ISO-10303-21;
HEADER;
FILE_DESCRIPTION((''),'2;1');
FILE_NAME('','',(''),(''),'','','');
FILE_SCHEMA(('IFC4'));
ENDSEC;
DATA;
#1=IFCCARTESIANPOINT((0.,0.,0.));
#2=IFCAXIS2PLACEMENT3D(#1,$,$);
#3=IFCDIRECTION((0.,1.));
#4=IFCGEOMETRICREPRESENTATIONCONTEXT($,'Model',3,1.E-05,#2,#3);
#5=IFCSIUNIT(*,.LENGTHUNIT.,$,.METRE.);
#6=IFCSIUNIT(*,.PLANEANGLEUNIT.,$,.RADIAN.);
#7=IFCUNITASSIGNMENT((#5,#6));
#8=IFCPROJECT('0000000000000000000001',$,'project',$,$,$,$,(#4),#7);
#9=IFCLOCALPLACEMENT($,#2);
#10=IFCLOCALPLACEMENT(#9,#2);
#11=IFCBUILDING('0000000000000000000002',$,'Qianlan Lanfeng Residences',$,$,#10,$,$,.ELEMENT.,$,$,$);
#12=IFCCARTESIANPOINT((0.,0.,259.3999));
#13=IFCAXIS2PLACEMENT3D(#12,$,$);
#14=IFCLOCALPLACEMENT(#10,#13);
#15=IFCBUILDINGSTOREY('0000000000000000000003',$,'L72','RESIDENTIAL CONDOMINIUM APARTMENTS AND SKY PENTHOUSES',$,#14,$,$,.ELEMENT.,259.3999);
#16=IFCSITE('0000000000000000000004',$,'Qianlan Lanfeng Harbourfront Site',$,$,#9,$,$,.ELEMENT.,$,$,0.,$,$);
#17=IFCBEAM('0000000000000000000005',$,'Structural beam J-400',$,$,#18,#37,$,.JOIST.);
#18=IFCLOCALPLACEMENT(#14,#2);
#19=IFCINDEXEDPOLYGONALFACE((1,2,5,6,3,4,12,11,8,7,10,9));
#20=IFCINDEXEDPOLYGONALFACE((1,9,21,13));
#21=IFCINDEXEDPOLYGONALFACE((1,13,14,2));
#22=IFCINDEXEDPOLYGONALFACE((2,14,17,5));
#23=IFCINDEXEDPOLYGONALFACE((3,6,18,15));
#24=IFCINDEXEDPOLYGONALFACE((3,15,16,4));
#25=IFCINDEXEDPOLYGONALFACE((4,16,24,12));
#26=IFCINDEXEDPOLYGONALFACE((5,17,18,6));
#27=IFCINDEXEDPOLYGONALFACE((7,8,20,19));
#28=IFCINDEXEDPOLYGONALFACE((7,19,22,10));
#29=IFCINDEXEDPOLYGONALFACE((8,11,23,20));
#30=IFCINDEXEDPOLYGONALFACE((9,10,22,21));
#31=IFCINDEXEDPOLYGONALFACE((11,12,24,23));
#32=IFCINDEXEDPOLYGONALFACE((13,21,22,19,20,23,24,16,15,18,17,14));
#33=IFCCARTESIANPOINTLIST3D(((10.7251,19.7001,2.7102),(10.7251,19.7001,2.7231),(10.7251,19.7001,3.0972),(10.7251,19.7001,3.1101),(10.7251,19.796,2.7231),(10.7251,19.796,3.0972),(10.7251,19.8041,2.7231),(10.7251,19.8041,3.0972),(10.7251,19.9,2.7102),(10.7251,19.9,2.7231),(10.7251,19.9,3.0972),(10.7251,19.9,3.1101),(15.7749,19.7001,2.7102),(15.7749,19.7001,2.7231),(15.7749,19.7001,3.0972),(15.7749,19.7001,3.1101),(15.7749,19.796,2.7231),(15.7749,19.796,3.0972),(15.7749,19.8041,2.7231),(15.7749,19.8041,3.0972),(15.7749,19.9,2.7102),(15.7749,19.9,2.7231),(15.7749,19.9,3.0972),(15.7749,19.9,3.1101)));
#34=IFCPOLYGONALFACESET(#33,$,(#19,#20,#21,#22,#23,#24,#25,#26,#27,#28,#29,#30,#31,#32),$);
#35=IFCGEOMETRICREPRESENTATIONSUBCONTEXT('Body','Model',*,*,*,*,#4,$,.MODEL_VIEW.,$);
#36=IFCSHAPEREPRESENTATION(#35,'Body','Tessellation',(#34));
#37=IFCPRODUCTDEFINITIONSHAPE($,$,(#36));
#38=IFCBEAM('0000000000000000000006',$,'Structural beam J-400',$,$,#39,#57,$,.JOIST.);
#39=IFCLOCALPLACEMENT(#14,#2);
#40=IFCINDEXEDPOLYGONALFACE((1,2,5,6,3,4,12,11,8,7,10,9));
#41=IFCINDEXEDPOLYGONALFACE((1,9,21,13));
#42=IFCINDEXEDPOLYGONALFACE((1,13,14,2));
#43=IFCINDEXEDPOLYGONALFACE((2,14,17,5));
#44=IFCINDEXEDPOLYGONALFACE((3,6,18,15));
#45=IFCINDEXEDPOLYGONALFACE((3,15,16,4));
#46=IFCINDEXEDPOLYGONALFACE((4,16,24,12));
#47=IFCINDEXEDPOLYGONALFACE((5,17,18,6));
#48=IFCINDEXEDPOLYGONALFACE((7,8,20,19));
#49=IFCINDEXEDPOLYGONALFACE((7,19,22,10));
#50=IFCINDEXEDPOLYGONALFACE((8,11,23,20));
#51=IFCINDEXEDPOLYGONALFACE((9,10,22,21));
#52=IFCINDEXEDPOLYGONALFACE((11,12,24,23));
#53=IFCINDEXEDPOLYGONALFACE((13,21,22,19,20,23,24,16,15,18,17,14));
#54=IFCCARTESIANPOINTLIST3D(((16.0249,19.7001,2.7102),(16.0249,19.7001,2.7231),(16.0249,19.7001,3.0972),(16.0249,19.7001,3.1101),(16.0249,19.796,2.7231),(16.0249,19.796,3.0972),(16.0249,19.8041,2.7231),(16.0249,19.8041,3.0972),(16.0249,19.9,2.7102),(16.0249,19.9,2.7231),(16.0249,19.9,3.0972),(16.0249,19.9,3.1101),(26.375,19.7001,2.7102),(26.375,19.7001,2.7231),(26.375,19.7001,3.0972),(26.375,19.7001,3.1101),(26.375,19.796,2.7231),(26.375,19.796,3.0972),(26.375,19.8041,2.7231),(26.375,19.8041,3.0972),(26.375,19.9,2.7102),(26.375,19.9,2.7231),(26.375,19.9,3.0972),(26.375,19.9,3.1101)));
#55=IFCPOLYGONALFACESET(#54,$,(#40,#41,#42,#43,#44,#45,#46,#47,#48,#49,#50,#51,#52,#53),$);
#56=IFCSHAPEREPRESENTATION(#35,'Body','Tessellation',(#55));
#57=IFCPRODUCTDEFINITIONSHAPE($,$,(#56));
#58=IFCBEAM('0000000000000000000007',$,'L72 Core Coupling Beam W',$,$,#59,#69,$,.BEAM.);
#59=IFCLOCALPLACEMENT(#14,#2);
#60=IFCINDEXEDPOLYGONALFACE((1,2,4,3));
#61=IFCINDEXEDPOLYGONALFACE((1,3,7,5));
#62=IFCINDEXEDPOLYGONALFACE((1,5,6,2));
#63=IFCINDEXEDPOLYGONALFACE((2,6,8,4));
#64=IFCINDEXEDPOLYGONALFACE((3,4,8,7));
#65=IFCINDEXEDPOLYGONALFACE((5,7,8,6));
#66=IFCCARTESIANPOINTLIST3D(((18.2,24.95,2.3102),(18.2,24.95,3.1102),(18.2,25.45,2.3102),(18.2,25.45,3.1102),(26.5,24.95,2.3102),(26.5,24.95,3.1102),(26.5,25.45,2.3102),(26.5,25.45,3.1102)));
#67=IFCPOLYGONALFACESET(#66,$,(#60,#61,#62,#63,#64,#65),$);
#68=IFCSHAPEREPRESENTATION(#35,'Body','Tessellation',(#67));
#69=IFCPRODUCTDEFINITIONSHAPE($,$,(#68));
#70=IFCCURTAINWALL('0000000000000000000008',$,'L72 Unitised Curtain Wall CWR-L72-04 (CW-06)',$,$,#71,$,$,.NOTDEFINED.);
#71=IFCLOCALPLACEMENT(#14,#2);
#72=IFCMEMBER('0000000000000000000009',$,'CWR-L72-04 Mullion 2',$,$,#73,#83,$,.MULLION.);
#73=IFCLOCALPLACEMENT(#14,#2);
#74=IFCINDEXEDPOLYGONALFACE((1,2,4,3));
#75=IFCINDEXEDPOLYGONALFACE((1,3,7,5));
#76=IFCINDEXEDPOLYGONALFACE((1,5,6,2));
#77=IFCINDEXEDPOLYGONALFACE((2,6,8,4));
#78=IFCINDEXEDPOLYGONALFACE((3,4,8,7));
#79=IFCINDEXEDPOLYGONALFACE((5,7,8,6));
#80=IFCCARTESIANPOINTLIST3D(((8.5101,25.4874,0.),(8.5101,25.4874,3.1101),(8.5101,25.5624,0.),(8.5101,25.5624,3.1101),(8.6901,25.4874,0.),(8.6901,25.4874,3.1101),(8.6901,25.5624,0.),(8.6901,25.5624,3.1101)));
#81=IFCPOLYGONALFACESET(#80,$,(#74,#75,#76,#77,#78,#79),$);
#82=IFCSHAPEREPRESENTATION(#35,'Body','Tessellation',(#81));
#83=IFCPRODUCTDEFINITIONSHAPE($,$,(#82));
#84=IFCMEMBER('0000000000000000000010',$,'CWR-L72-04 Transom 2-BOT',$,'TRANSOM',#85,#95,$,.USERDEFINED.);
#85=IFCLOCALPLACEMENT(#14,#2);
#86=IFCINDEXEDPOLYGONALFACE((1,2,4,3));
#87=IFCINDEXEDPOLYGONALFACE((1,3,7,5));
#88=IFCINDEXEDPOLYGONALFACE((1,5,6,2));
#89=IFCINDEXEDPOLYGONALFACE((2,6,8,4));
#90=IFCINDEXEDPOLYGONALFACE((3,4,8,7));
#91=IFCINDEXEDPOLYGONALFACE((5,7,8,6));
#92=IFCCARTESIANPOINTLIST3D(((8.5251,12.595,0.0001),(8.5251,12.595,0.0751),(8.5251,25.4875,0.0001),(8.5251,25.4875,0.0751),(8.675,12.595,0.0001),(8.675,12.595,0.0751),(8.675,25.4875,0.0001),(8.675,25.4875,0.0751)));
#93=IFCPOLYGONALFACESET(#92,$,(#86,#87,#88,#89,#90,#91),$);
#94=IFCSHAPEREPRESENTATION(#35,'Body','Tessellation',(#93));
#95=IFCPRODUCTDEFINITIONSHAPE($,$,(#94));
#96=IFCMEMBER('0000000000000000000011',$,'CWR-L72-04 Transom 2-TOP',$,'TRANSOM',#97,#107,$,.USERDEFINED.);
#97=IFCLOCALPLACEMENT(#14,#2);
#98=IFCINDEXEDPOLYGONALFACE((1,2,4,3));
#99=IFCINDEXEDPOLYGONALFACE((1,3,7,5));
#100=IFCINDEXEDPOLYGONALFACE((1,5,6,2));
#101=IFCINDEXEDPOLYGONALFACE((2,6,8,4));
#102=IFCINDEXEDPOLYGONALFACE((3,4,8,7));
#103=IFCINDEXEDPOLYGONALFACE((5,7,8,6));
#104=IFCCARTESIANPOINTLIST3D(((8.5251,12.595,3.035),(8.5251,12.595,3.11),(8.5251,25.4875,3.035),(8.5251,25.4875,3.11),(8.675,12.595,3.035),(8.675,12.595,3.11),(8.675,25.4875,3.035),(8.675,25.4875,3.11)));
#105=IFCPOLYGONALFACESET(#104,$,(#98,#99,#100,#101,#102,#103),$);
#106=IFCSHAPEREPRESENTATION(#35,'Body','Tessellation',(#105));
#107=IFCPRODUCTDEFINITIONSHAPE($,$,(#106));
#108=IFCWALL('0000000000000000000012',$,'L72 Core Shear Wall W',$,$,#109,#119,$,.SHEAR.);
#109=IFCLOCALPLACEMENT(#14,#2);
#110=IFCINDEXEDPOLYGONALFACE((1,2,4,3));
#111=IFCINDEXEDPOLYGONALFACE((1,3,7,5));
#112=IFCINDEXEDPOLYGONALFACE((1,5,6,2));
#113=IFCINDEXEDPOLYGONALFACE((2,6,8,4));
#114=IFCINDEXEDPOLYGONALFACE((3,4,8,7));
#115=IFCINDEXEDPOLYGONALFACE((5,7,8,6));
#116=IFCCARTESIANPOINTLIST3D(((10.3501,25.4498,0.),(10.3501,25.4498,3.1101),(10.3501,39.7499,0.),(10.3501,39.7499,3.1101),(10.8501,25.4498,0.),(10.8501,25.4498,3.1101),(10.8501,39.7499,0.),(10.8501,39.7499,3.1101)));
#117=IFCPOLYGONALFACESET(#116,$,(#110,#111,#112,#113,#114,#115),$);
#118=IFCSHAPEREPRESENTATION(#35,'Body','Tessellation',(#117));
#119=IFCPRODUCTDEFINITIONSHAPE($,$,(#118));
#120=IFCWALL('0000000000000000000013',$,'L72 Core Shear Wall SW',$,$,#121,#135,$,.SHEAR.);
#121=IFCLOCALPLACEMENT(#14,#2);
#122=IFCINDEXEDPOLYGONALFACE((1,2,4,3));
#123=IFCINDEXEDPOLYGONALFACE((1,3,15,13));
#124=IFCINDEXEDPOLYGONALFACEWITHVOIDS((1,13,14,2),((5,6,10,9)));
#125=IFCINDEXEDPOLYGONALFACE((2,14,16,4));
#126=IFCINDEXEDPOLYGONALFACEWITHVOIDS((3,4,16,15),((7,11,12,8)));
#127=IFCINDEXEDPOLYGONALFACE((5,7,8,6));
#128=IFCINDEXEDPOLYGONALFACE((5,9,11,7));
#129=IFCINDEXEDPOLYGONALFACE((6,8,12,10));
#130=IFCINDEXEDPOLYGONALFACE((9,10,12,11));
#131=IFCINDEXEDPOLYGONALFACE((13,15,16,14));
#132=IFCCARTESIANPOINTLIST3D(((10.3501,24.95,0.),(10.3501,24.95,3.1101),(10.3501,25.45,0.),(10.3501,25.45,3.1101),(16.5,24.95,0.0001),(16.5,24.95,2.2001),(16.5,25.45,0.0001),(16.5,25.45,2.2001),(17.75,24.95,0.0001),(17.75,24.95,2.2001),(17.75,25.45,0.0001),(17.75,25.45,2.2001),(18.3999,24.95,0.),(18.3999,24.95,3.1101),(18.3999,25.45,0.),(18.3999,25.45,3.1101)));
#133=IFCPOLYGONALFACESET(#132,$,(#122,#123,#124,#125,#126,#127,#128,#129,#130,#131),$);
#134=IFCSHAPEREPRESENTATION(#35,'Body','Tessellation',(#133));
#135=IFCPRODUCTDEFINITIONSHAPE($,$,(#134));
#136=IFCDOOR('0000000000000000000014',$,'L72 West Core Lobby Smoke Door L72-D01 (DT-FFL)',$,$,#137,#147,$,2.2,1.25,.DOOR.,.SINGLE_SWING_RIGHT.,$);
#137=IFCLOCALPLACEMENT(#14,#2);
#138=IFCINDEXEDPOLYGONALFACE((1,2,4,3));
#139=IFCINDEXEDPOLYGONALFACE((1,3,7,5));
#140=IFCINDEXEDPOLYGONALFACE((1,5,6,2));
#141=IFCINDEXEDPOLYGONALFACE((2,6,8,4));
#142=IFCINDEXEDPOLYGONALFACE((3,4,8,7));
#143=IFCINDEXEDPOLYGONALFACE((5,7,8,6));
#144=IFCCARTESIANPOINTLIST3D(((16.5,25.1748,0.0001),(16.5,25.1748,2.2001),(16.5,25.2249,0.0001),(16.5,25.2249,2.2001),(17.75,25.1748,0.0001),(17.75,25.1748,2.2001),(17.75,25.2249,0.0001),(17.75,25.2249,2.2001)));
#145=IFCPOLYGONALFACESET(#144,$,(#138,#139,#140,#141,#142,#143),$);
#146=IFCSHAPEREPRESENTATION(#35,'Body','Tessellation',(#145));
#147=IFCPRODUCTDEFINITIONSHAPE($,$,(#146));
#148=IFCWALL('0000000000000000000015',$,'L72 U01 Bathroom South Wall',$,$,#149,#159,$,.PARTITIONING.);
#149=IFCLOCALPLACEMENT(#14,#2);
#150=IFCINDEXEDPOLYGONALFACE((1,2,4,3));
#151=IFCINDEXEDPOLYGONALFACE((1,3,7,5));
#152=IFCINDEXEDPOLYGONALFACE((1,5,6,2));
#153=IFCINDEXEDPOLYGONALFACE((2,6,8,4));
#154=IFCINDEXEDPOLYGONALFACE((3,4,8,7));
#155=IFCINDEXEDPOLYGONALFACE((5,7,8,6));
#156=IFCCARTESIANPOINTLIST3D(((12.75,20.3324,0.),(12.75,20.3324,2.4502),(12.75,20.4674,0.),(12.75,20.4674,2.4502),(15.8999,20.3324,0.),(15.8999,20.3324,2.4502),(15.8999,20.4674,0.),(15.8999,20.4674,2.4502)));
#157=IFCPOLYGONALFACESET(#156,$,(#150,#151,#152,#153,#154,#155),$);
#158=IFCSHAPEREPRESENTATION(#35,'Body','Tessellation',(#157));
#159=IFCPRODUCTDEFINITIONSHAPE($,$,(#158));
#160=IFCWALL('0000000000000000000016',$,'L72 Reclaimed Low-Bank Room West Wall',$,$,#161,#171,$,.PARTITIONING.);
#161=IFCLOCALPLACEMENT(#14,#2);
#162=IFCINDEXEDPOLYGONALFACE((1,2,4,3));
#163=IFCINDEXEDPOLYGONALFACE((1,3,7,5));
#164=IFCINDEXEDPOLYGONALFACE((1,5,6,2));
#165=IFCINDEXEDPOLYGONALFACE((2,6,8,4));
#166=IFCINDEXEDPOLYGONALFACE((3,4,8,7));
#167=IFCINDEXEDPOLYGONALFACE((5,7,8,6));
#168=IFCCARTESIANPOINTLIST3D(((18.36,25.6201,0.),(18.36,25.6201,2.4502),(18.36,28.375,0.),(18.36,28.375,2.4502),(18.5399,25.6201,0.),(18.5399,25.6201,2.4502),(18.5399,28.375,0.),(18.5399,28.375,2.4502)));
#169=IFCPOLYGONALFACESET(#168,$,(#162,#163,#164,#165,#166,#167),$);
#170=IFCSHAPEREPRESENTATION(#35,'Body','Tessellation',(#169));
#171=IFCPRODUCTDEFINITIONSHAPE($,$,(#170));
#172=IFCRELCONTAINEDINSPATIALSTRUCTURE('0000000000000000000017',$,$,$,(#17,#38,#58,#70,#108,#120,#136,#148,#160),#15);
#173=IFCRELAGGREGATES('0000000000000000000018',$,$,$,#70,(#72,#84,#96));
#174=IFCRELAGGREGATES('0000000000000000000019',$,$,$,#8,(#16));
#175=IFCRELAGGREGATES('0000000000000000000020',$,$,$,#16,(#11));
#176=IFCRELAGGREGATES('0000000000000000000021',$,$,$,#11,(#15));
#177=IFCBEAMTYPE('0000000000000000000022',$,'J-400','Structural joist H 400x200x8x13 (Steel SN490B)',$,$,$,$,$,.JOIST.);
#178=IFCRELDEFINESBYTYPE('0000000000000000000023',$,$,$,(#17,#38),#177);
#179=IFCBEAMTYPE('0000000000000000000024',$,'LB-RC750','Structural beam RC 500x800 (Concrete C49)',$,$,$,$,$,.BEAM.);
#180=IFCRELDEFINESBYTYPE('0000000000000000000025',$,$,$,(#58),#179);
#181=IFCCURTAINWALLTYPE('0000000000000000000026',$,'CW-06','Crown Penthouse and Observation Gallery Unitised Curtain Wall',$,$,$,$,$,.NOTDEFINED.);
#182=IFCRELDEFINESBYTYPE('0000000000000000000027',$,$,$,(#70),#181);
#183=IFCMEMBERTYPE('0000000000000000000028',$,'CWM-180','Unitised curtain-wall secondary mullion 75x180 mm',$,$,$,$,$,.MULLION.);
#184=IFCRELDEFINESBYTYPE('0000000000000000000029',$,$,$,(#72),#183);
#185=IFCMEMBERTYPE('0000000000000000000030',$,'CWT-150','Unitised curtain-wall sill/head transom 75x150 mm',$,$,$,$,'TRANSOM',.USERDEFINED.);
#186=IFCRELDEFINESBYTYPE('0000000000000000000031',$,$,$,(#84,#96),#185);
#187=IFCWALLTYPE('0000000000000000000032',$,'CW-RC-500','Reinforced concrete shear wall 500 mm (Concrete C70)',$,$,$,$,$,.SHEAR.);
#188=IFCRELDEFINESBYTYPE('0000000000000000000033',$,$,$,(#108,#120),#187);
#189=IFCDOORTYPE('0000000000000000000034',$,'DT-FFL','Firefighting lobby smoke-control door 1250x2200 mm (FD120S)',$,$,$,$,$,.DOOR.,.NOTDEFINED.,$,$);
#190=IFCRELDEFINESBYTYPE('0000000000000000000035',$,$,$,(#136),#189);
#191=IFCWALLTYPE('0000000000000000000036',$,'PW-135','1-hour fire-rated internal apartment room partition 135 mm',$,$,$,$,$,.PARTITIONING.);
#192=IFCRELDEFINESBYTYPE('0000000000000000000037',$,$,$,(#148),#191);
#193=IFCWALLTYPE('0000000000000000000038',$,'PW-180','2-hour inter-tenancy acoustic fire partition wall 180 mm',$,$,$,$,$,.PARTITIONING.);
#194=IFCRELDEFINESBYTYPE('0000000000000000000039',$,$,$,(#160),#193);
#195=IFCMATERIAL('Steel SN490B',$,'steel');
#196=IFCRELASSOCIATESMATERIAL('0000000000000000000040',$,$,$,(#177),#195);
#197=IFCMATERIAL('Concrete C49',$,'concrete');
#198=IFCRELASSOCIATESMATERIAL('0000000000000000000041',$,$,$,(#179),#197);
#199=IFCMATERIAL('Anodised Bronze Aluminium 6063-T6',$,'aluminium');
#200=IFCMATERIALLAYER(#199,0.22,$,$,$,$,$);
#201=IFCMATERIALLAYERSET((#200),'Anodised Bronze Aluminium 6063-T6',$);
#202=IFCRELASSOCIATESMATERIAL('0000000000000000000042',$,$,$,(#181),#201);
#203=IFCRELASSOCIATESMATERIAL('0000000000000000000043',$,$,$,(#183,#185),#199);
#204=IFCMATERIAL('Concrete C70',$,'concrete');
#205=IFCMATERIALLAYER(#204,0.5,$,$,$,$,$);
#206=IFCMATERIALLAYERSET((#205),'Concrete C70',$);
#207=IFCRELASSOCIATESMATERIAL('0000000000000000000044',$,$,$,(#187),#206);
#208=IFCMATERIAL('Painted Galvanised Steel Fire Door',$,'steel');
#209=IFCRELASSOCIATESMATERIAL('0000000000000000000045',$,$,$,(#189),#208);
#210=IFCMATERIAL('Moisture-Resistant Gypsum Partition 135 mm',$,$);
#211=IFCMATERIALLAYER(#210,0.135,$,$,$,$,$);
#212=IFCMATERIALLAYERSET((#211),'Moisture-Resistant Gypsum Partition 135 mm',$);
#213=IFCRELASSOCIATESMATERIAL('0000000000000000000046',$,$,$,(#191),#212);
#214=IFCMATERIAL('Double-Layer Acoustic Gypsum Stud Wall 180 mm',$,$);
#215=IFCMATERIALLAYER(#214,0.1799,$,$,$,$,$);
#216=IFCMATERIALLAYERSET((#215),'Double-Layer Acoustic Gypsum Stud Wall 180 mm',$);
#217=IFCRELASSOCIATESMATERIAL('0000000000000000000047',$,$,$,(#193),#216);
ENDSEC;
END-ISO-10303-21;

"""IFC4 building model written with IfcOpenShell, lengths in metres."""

from ifc_helpers import new_model, si_unit, direction, frame, frame_2d, origin, origin_2d, place, context, subcontext, project, spatial, rectangle, i_section, extrude, source, transform, mapped, material, layer, layer_set, material_profile, profile_set, type_object, element, fill, aggregate, save


model = new_model("IFC4")

# Units and contexts
model_context = context("Model", 3, precision=1e-05, world=origin(), true_north=direction((0.0, 1.0)))
body_context = subcontext(model_context, "Body", "Model", "MODEL_VIEW")
ifc_project = project(units=[si_unit("LENGTHUNIT", "METRE"), si_unit("PLANEANGLEUNIT", "RADIAN")], contexts=[model_context])

# Site, building, storey
site_placement = place(None, origin())
site = spatial("IfcSite", under=ifc_project, at=site_placement, Name="Qianlan Lanfeng Harbourfront Site", CompositionType="ELEMENT", RefElevation=0.0)
building_placement = place(site_placement, origin())
building = spatial("IfcBuilding", under=site, at=building_placement, Name="Qianlan Lanfeng Residences", CompositionType="ELEMENT")
storey_placement = place(building_placement, frame((0.0, 0.0, 259.3999)))
storey = spatial("IfcBuildingStorey", under=building, at=storey_placement, Name="L72", Description="RESIDENTIAL CONDOMINIUM APARTMENTS AND SKY PENTHOUSES", CompositionType="ELEMENT", Elevation=259.3999)

# Beams
ifc_material_1 = material(Name="Steel SN490B", Category="steel")
ifc_material_profile_1 = material_profile(ifc_material_1, i_section(OverallWidth=0.2, OverallDepth=0.3999, WebThickness=0.0081, FlangeThickness=0.0129, at=origin_2d()), Name="H 400x200x8x13")
ifc_profile_set_1 = profile_set([ifc_material_profile_1], Name="Steel SN490B")
beam_type_1 = type_object("IfcBeamType", Name="J-400", Description="Structural joist H 400x200x8x13 (Steel SN490B)", PredefinedType="JOIST", material=ifc_profile_set_1)
beam_1_placement = place(storey_placement, frame((10.7251, 19.8, 2.9102), z_axis=(1.0, 0.0, 0.0), x_axis=(0.0, 1.0, 0.0)))
element("IfcBeam", 1, at=beam_1_placement, inside=storey, type_object=beam_type_1, Name="Structural beam J-400", PredefinedType="JOIST", context=body_context, shape_type="SweptSolid", body=[
    extrude(i_section(OverallWidth=0.2, OverallDepth=0.3999, WebThickness=0.0081, FlangeThickness=0.0129, at=origin_2d()), origin(), (0.0, 0.0, 1.0), 5.0498),
])
beam_2_placement = place(storey_placement, frame((16.0249, 19.8, 2.9102), z_axis=(1.0, 0.0, 0.0), x_axis=(0.0, 1.0, 0.0)))
element("IfcBeam", 2, at=beam_2_placement, inside=storey, type_object=beam_type_1, Name="Structural beam J-400", PredefinedType="JOIST", context=body_context, shape_type="SweptSolid", body=[
    extrude(i_section(OverallWidth=0.2, OverallDepth=0.3999, WebThickness=0.0081, FlangeThickness=0.0129, at=origin_2d()), origin(), (0.0, 0.0, 1.0), 10.3501),
])
ifc_material_2 = material(Name="Concrete C49", Category="concrete")
ifc_material_profile_2 = material_profile(ifc_material_2, rectangle(XDim=0.5, YDim=0.8, at=origin_2d()), Name="RC 500x800")
ifc_profile_set_2 = profile_set([ifc_material_profile_2], Name="Concrete C49")
beam_type_2 = type_object("IfcBeamType", Name="LB-RC750", Description="Structural beam RC 500x800 (Concrete C49)", PredefinedType="BEAM", material=ifc_profile_set_2)
beam_3_placement = place(storey_placement, frame((18.2, 25.2, 2.7102), z_axis=(1.0, 0.0, 0.0), x_axis=(0.0, 1.0, 0.0)))
element("IfcBeam", 3, at=beam_3_placement, inside=storey, type_object=beam_type_2, Name="L72 Core Coupling Beam W", PredefinedType="BEAM", context=body_context, shape_type="SweptSolid", body=[
    extrude(rectangle(XDim=0.5, YDim=0.8, at=origin_2d()), origin(), (0.0, 0.0, 1.0), 8.3),
])

# Curtain wall, members
ifc_material_3 = material(Name="Anodised Bronze Aluminium 6063-T6", Category="aluminium")
ifc_layer_1 = layer(ifc_material_3, 0.22)
ifc_layer_set_1 = layer_set([ifc_layer_1], Name="Anodised Bronze Aluminium 6063-T6")
curtain_wall_type = type_object("IfcCurtainWallType", Name="CW-06", Description="Crown Penthouse and Observation Gallery Unitised Curtain Wall", PredefinedType="NOTDEFINED", material=ifc_layer_set_1)
curtain_wall_placement = place(storey_placement, origin())
curtain_wall = element("IfcCurtainWall", 4, at=curtain_wall_placement, inside=storey, type_object=curtain_wall_type, Name="L72 Unitised Curtain Wall CWR-L72-04 (CW-06)", PredefinedType="NOTDEFINED")
ifc_material_profile_3 = material_profile(ifc_material_3, rectangle(XDim=0.075, YDim=0.1799, at=origin_2d()), Name="ALU MULLION 75x180")
ifc_profile_set_3 = profile_set([ifc_material_profile_3], Name="Anodised Bronze Aluminium 6063-T6")
member_type_1 = type_object("IfcMemberType", Name="CWM-180", Description="Unitised curtain-wall secondary mullion 75x180 mm", PredefinedType="MULLION", material=ifc_profile_set_3)
shared_shape_1 = source(origin(), body_context, "Body", "SweptSolid", [
    extrude(rectangle(XDim=0.075, YDim=0.1799, at=origin_2d()), origin(), (0.0, 0.0, 1.0), 3.1101),
])
member_1_placement = place(storey_placement, frame((8.6001, 25.5249, 0.0), z_axis=(0.0, 0.0, 1.0), x_axis=(0.0, -1.0, 0.0)))
member_1 = element("IfcMember", 5, at=member_1_placement, type_object=member_type_1, Name="CWR-L72-04 Mullion 2", PredefinedType="MULLION", context=body_context, shape_type="MappedRepresentation", body=[
    mapped(shared_shape_1, transform((0.0, 0.0, 0.0), scale=1.0)),
])
ifc_material_profile_4 = material_profile(ifc_material_3, rectangle(XDim=0.075, YDim=0.1499, at=origin_2d()), Name="ALU TRANSOM 75x150")
ifc_profile_set_4 = profile_set([ifc_material_profile_4], Name="Anodised Bronze Aluminium 6063-T6")
member_type_2 = type_object("IfcMemberType", Name="CWT-150", Description="Unitised curtain-wall sill/head transom 75x150 mm", ElementType="TRANSOM", PredefinedType="USERDEFINED", material=ifc_profile_set_4)
shared_shape_2 = source(origin(), body_context, "Body", "SweptSolid", [
    extrude(rectangle(XDim=0.075, YDim=0.1499, at=origin_2d()), origin(), (0.0, 0.0, 1.0), 12.8926),
])
member_2_placement = place(storey_placement, frame((8.6001, 25.4875, 0.0376), z_axis=(0.0, -1.0, 0.0), x_axis=(0.0, 0.0, 1.0)))
member_2 = element("IfcMember", 6, at=member_2_placement, type_object=member_type_2, Name="CWR-L72-04 Transom 2-BOT", ObjectType="TRANSOM", PredefinedType="USERDEFINED", context=body_context, shape_type="MappedRepresentation", body=[
    mapped(shared_shape_2, transform((0.0, 0.0, 0.0), scale=1.0)),
])
member_3_placement = place(storey_placement, frame((8.6001, 25.4875, 3.0725), z_axis=(0.0, -1.0, 0.0), x_axis=(0.0, 0.0, 1.0)))
member_3 = element("IfcMember", 7, at=member_3_placement, type_object=member_type_2, Name="CWR-L72-04 Transom 2-TOP", ObjectType="TRANSOM", PredefinedType="USERDEFINED", context=body_context, shape_type="MappedRepresentation", body=[
    mapped(shared_shape_2, transform((0.0, 0.0, 0.0), scale=1.0)),
])
aggregate(curtain_wall, [member_1, member_2, member_3])

# Wall
ifc_material_4 = material(Name="Concrete C70", Category="concrete")
ifc_layer_2 = layer(ifc_material_4, 0.5)
ifc_layer_set_2 = layer_set([ifc_layer_2], Name="Concrete C70")
wall_type_1 = type_object("IfcWallType", Name="CW-RC-500", Description="Reinforced concrete shear wall 500 mm (Concrete C70)", PredefinedType="SHEAR", material=ifc_layer_set_2)
wall_1_placement = place(storey_placement, frame((10.6001, 25.45, 0.0), z_axis=(0.0, 0.0, 1.0), x_axis=(0.0, 1.0, 0.0)))
element("IfcWall", 8, at=wall_1_placement, inside=storey, type_object=wall_type_1, Name="L72 Core Shear Wall W", PredefinedType="SHEAR", context=body_context, shape_type="SweptSolid", body=[
    extrude(rectangle(XDim=14.3, YDim=0.5, at=frame_2d((7.1499, 0.0))), origin(), (0.0, 0.0, 1.0), 3.1101),
])

# Wall, opening, door
wall_2_placement = place(storey_placement, frame((10.3501, 25.2, 0.0), z_axis=(0.0, 0.0, 1.0), x_axis=(1.0, 0.0, 0.0)))
wall_2 = element("IfcWall", 9, at=wall_2_placement, inside=storey, type_object=wall_type_1, Name="L72 Core Shear Wall SW", PredefinedType="SHEAR", context=body_context, shape_type="SweptSolid", body=[
    extrude(rectangle(XDim=8.0498, YDim=0.5, at=frame_2d((4.0249, 0.0))), origin(), (0.0, 0.0, 1.0), 3.1101),
])
opening_1_placement = place(wall_2_placement, frame((6.1499, 0.0, 0.0)))
opening_1 = element("IfcOpeningElement", 10, at=opening_1_placement, cuts=wall_2, PredefinedType="OPENING", context=body_context, shape_type="SweptSolid", body=[
    extrude(rectangle(XDim=1.25, YDim=2.2, at=frame_2d((0.625, 1.1001))), frame((0.0, 0.26, 0.0), z_axis=(0.0, -1.0, 0.0), x_axis=(1.0, 0.0, 0.0)), (0.0, 0.0, 1.0), 0.52),
])
ifc_material_5 = material(Name="Painted Galvanised Steel Fire Door", Category="steel")
door_type_1 = type_object("IfcDoorType", Name="DT-FFL", Description="Firefighting lobby smoke-control door 1250x2200 mm (FD120S)", OperationType="NOTDEFINED", PredefinedType="DOOR", material=ifc_material_5)
door_1_placement = place(opening_1_placement, origin())
door_1 = element("IfcDoor", 11, at=door_1_placement, inside=storey, type_object=door_type_1, Name="L72 West Core Lobby Smoke Door L72-D01 (DT-FFL)", OperationType="SINGLE_SWING_RIGHT", OverallHeight=2.2, OverallWidth=1.25, PredefinedType="DOOR", context=body_context, shape_type="SweptSolid", body=[
    extrude(rectangle(XDim=1.25, YDim=2.2, at=frame_2d((0.625, 1.1001))), frame((0.0, 0.0249, 0.0), z_axis=(0.0, -1.0, 0.0), x_axis=(1.0, 0.0, 0.0)), (0.0, 0.0, 1.0), 0.05),
])
fill(opening_1, door_1)

# Wall
ifc_material_6 = material(Name="Moisture-Resistant Gypsum Partition 135 mm")
ifc_layer_3 = layer(ifc_material_6, 0.135)
ifc_layer_set_3 = layer_set([ifc_layer_3], Name="Moisture-Resistant Gypsum Partition 135 mm")
wall_type_2 = type_object("IfcWallType", Name="PW-135", Description="1-hour fire-rated internal apartment room partition 135 mm", PredefinedType="PARTITIONING", material=ifc_layer_set_3)
wall_3_placement = place(storey_placement, frame((12.75, 20.3999, 0.0), z_axis=(0.0, 0.0, 1.0), x_axis=(1.0, 0.0, 0.0)))
element("IfcWall", 12, at=wall_3_placement, inside=storey, type_object=wall_type_2, Name="L72 U01 Bathroom South Wall", PredefinedType="PARTITIONING", context=body_context, shape_type="SweptSolid", body=[
    extrude(rectangle(XDim=3.1499, YDim=0.135, at=frame_2d((1.575, 0.0))), origin(), (0.0, 0.0, 1.0), 2.4502),
])

# Shared definitions
ifc_material_7 = material(Name="Double-Layer Acoustic Gypsum Stud Wall 180 mm")
ifc_layer_4 = layer(ifc_material_7, 0.1799)
ifc_layer_set_4 = layer_set([ifc_layer_4], Name="Double-Layer Acoustic Gypsum Stud Wall 180 mm")
wall_type_3 = type_object("IfcWallType", Name="PW-180", Description="2-hour inter-tenancy acoustic fire partition wall 180 mm", PredefinedType="PARTITIONING", material=ifc_layer_set_4)

# Wall
wall_4_placement = place(storey_placement, frame((18.45, 25.6201, 0.0), z_axis=(0.0, 0.0, 1.0), x_axis=(0.0, 1.0, 0.0)))
element("IfcWall", 13, at=wall_4_placement, inside=storey, type_object=wall_type_3, Name="L72 Reclaimed Low-Bank Room West Wall", PredefinedType="PARTITIONING", context=body_context, shape_type="SweptSolid", body=[
    extrude(rectangle(XDim=2.7549, YDim=0.1799, at=frame_2d((1.3774, 0.0))), origin(), (0.0, 0.0, 1.0), 2.4502),
])

save(model, "model.ifc")
